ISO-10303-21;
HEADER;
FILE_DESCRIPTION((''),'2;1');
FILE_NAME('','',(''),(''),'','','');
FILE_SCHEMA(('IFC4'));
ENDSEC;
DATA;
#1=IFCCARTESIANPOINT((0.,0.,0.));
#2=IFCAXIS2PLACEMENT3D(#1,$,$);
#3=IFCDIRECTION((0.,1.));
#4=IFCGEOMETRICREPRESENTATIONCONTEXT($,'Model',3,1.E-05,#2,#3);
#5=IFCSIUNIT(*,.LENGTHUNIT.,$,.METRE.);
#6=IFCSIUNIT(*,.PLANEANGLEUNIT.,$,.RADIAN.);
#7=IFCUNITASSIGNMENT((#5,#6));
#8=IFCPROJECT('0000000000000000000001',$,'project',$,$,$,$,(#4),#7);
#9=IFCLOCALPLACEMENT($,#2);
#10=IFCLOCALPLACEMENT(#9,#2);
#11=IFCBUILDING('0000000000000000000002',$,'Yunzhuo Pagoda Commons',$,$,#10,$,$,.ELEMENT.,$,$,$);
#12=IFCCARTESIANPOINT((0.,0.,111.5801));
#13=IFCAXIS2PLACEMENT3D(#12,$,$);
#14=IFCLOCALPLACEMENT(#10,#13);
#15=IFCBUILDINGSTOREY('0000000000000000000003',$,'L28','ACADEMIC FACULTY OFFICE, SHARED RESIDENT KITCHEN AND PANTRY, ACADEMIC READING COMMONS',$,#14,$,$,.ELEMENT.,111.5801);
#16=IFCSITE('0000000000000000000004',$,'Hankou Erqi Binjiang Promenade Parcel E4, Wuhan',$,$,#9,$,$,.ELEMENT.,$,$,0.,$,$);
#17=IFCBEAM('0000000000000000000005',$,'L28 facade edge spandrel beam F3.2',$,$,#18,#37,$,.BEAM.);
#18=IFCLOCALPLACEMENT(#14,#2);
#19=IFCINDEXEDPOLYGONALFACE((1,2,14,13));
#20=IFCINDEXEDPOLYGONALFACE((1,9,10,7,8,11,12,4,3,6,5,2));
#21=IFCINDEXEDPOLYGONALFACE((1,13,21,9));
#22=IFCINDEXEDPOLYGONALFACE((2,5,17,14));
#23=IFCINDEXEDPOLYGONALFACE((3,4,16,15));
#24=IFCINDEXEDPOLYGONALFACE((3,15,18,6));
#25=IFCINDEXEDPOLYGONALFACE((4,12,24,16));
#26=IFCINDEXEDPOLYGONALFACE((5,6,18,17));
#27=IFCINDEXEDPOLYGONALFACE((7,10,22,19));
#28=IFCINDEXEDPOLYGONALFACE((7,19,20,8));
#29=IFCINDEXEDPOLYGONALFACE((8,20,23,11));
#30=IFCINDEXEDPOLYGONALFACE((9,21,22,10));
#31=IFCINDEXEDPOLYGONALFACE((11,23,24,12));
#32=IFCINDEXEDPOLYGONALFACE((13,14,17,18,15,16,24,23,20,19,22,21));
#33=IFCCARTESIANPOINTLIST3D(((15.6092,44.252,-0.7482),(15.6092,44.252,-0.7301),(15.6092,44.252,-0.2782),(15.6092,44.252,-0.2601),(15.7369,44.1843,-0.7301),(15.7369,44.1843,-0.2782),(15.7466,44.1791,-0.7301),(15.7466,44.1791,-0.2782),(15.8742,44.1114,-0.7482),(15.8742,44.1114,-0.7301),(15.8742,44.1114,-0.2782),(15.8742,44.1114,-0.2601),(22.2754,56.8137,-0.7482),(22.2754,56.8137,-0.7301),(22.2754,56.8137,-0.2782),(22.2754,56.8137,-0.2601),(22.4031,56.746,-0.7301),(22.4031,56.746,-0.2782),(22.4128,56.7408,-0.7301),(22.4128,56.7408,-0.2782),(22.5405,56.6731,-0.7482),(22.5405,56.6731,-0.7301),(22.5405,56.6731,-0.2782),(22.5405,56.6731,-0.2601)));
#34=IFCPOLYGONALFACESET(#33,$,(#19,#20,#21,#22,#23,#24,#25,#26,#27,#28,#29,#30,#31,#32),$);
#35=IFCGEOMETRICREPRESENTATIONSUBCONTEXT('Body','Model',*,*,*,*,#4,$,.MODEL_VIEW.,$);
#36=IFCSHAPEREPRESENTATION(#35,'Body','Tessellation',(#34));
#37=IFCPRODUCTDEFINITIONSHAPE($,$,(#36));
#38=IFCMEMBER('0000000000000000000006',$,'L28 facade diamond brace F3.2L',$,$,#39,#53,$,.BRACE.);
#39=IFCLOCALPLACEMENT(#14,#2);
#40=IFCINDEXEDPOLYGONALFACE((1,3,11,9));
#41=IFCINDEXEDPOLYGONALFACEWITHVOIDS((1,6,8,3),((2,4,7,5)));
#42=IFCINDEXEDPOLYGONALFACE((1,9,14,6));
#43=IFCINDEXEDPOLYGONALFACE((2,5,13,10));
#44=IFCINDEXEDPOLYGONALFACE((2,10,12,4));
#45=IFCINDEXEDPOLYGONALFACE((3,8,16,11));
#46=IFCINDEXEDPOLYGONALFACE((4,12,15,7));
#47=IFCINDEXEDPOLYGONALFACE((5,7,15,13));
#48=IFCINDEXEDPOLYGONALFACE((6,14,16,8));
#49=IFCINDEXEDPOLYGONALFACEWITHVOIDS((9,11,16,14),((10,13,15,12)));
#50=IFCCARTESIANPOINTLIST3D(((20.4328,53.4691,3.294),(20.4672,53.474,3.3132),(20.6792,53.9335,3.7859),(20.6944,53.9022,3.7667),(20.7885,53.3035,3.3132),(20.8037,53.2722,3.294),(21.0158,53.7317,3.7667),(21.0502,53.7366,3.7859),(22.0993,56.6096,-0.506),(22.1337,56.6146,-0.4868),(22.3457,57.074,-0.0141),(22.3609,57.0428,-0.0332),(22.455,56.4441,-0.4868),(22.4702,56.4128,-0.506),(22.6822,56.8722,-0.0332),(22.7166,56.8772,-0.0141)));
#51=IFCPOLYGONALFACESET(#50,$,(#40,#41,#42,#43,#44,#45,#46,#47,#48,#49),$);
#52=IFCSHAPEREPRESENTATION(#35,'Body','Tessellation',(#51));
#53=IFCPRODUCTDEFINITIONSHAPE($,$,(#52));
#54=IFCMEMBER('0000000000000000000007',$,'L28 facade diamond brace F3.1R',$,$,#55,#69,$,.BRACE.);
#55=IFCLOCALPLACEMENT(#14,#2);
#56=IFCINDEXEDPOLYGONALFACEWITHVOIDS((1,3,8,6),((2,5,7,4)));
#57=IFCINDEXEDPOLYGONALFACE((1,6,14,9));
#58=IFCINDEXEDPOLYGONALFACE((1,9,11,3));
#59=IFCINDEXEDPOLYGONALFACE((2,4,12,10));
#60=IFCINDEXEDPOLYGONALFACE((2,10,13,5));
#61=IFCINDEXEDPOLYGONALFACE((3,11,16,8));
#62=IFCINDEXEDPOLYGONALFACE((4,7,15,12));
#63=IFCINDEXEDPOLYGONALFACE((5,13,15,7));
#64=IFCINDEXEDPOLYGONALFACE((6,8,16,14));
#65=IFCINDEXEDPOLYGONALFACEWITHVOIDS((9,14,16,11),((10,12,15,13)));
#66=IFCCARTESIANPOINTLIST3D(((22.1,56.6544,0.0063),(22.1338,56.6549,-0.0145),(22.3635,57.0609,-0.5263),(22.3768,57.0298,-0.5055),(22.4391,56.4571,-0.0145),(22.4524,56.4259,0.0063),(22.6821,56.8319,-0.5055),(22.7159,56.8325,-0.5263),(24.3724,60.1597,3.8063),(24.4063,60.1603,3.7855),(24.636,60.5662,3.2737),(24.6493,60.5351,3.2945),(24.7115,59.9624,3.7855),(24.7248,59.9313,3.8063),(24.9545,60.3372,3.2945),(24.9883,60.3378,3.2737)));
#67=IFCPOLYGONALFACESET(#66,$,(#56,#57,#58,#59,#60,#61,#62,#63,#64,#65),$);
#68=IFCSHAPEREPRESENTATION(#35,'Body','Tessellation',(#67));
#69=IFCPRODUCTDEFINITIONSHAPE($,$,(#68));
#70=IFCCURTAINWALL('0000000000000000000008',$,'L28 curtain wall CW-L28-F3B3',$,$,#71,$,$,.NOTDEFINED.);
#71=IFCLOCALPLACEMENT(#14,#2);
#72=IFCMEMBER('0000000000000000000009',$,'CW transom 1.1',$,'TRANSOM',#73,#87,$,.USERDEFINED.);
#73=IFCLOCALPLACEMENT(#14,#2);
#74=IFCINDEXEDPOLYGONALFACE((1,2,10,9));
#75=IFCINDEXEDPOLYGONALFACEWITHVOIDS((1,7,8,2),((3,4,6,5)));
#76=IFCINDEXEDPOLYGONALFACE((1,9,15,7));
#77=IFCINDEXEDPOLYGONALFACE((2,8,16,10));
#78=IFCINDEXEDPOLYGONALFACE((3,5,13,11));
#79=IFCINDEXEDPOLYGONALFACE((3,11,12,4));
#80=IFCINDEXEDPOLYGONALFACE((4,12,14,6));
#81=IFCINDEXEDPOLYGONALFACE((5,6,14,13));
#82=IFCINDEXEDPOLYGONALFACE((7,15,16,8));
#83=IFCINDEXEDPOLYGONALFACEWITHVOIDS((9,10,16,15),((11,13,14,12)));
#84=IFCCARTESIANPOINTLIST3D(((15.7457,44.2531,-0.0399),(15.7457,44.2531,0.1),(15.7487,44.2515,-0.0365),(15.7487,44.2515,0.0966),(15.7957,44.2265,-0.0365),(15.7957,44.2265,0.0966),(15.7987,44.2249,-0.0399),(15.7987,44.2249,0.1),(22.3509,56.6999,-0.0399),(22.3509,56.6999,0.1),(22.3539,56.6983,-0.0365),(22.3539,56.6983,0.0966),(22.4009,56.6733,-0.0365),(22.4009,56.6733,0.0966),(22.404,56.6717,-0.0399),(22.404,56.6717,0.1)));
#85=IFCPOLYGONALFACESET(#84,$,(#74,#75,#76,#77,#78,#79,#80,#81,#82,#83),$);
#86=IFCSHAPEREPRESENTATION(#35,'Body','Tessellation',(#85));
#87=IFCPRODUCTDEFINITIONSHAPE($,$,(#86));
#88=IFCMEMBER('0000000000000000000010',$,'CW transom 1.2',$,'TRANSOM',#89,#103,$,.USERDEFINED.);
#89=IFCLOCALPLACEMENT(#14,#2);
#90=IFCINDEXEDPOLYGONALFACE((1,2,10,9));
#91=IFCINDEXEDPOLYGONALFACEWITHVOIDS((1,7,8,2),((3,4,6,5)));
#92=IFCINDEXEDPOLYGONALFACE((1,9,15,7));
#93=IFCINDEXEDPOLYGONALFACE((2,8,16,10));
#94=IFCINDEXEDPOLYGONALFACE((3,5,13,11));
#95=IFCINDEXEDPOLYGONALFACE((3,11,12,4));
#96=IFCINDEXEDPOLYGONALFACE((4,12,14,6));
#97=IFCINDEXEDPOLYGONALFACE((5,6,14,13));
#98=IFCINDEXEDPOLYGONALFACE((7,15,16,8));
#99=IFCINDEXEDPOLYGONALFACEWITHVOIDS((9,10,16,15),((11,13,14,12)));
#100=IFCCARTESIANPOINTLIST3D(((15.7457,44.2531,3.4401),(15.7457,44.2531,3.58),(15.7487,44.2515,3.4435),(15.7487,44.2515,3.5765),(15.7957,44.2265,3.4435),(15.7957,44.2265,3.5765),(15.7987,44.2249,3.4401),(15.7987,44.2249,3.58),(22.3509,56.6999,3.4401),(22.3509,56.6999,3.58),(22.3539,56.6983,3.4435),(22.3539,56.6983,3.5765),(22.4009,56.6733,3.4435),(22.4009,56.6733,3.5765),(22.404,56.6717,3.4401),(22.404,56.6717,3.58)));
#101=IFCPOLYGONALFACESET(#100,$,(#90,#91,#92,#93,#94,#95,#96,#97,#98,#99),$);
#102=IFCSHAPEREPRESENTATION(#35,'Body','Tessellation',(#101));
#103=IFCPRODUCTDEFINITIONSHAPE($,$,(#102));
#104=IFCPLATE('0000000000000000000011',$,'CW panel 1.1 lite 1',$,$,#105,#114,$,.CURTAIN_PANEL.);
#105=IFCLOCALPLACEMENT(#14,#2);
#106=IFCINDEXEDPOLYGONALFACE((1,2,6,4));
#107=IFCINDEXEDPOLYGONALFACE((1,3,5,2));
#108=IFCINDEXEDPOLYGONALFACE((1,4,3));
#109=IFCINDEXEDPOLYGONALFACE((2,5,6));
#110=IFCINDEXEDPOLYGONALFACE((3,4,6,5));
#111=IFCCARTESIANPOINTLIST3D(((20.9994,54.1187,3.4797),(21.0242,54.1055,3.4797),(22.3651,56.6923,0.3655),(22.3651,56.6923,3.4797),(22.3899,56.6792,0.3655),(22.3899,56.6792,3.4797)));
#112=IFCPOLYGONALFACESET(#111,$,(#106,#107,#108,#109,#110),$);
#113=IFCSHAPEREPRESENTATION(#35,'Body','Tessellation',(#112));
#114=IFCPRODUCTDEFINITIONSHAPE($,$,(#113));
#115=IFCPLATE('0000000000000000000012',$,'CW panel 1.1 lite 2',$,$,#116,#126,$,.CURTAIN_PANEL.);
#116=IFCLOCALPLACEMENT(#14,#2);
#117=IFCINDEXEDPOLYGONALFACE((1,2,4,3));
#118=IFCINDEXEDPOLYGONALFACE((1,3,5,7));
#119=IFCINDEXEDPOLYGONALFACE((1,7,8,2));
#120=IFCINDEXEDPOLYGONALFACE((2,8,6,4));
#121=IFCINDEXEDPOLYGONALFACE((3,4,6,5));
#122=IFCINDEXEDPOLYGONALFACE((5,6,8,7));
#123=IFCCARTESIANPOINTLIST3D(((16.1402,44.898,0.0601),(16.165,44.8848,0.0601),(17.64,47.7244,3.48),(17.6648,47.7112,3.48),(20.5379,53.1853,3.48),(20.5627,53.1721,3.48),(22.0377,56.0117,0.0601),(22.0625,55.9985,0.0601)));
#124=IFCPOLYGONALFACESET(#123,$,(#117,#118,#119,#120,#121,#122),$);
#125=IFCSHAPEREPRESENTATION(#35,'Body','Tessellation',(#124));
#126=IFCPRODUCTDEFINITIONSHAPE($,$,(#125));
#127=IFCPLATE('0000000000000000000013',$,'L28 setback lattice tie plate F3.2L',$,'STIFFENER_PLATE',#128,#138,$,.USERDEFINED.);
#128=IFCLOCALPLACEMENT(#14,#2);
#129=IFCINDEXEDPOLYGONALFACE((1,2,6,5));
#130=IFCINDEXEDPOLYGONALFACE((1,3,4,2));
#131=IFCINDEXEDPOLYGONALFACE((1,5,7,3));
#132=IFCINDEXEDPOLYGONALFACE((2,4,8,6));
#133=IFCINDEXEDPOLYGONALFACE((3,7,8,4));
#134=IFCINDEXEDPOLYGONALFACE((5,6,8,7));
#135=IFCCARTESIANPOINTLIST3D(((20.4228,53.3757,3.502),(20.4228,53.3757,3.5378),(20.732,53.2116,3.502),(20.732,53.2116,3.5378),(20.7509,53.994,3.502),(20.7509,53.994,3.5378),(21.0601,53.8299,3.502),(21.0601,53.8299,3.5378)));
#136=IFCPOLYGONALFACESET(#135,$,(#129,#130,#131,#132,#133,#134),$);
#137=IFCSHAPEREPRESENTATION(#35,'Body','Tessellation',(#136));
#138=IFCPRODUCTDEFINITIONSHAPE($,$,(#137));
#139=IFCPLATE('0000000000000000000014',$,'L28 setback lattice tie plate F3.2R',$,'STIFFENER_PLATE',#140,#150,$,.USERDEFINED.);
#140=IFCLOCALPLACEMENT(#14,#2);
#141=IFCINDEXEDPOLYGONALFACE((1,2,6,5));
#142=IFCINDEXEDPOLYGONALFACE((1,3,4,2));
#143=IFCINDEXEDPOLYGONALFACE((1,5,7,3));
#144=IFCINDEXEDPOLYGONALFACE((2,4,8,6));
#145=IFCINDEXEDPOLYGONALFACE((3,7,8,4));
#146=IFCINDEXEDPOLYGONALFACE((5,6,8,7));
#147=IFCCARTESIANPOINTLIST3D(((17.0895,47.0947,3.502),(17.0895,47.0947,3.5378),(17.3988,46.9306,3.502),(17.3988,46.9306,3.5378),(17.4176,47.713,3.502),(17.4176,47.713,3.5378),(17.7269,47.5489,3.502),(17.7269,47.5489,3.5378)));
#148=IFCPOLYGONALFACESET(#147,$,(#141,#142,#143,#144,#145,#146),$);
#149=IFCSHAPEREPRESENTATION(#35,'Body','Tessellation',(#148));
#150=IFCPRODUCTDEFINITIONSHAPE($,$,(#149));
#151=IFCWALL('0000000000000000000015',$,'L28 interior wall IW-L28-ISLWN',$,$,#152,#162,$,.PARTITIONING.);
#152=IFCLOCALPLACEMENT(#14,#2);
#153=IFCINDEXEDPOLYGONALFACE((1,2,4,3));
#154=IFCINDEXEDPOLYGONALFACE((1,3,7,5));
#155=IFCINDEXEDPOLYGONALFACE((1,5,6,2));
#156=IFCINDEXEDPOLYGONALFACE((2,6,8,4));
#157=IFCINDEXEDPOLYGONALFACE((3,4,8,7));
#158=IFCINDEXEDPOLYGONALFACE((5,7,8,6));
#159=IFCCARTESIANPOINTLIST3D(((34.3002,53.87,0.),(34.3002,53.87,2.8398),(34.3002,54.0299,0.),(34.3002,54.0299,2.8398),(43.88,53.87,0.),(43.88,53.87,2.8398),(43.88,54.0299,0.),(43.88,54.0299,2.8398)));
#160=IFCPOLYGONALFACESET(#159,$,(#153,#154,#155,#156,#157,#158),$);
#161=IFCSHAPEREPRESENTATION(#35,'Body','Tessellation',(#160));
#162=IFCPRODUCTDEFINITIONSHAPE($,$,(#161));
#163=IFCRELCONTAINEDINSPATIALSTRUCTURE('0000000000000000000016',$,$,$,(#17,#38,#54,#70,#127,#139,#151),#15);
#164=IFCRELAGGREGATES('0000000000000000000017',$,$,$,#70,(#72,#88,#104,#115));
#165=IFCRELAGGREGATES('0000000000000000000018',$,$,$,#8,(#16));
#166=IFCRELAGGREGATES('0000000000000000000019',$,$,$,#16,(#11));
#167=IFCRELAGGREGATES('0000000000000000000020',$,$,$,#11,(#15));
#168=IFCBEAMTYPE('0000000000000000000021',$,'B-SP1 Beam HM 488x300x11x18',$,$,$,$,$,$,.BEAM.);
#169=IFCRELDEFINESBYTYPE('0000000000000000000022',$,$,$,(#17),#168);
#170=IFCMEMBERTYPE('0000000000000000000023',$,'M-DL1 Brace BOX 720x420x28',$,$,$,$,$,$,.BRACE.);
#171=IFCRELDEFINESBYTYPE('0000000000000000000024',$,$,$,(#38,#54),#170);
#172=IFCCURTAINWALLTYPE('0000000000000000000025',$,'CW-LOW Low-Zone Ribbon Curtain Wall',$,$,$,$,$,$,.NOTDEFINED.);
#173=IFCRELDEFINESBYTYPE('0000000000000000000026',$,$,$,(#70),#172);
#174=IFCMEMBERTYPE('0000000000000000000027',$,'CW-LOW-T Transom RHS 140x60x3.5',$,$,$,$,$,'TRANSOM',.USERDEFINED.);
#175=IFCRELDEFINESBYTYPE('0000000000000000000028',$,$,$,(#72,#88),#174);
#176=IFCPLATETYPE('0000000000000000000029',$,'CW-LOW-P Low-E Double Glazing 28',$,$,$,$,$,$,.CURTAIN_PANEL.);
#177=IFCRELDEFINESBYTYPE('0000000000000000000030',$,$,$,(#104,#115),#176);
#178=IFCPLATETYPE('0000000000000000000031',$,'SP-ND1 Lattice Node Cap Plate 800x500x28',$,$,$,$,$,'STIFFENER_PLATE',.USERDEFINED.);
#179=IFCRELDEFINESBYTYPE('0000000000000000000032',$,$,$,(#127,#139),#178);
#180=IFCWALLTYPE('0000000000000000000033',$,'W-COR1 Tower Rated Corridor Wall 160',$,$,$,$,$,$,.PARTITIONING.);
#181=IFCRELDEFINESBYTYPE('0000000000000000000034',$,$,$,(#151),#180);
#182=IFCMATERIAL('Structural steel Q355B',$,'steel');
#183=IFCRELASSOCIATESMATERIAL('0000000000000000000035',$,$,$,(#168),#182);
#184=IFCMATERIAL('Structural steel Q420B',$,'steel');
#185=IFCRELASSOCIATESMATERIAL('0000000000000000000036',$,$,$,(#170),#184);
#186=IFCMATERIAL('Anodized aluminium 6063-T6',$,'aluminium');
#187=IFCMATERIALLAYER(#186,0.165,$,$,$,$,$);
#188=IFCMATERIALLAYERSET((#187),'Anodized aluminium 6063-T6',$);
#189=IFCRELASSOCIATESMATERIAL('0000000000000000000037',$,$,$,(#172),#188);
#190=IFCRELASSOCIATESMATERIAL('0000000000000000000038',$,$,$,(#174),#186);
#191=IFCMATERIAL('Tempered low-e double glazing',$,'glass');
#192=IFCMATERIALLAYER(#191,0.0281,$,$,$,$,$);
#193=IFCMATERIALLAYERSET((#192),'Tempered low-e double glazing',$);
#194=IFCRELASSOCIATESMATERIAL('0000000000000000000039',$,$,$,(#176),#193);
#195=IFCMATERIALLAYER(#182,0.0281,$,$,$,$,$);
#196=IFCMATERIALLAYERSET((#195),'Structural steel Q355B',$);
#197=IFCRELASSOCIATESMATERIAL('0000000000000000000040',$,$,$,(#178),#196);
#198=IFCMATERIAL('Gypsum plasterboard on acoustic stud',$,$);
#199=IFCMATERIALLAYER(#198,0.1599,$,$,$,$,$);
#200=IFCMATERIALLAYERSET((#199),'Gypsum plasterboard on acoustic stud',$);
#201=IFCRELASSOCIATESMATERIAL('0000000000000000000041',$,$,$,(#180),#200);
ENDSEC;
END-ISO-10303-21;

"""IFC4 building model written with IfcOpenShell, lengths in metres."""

from ifc_helpers import new_model, si_unit, direction, frame, frame_2d, origin, origin_2d, place, context, subcontext, project, spatial, polyline, rectangle, hollow_rectangle, i_section, outline, extrude, source, transform, mapped, material, layer, layer_set, material_profile, profile_set, type_object, element, aggregate, save


model = new_model("IFC4")

# Units and contexts
model_context = context("Model", 3, precision=1e-05, world=origin(), true_north=direction((0.0, 1.0)))
body_context = subcontext(model_context, "Body", "Model", "MODEL_VIEW")
ifc_project = project(units=[si_unit("LENGTHUNIT", "METRE"), si_unit("PLANEANGLEUNIT", "RADIAN")], contexts=[model_context])

# Site, building, storey
site_placement = place(None, origin())
site = spatial("IfcSite", under=ifc_project, at=site_placement, Name="Hankou Erqi Binjiang Promenade Parcel E4, Wuhan", CompositionType="ELEMENT", RefElevation=0.0)
building_placement = place(site_placement, origin())
building = spatial("IfcBuilding", under=site, at=building_placement, Name="Yunzhuo Pagoda Commons", CompositionType="ELEMENT")
storey_placement = place(building_placement, frame((0.0, 0.0, 111.5801)))
storey = spatial("IfcBuildingStorey", under=building, at=storey_placement, Name="L28", Description="ACADEMIC FACULTY OFFICE, SHARED RESIDENT KITCHEN AND PANTRY, ACADEMIC READING COMMONS", CompositionType="ELEMENT", Elevation=111.5801)

# Shared definitions
ifc_material_1 = material(Name="Structural steel Q420B", Category="steel")

# Beam
ifc_material_2 = material(Name="Structural steel Q355B", Category="steel")
ifc_material_profile_1 = material_profile(ifc_material_2, i_section(OverallWidth=0.3, OverallDepth=0.488, WebThickness=0.011, FlangeThickness=0.0181, at=origin_2d()), Name="Structural steel Q355B")
ifc_profile_set_1 = profile_set([ifc_material_profile_1], Name="Structural steel Q355B")
beam_type_1 = type_object("IfcBeamType", Name="B-SP1 Beam HM 488x300x11x18", PredefinedType="BEAM", material=ifc_profile_set_1)
shared_shape_1 = source(origin(), body_context, "Body", "SweptSolid", [
    extrude(i_section(OverallWidth=0.3, OverallDepth=0.488, WebThickness=0.011, FlangeThickness=0.0181, at=origin_2d()), origin(), (0.0, 0.0, 1.0), 14.2209),
])
beam_1_placement = place(storey_placement, frame((22.408, 56.7434, -0.5042), z_axis=(-0.468761, -0.883325, 0.0), x_axis=(0.883325, -0.468761, 0.0)))
element("IfcBeam", 1, at=beam_1_placement, inside=storey, type_object=beam_type_1, Name="L28 facade edge spandrel beam F3.2", PredefinedType="BEAM", context=body_context, shape_type="MappedRepresentation", body=[
    mapped(shared_shape_1, transform((0.0, 0.0, 0.0), scale=1.0)),
])

# Members
ifc_material_profile_2 = material_profile(ifc_material_1, hollow_rectangle(XDim=0.4199, YDim=0.72, WallThickness=0.0281, at=origin_2d()), Name="Structural steel Q420B")
ifc_profile_set_2 = profile_set([ifc_material_profile_2], Name="Structural steel Q420B")
member_type_1 = type_object("IfcMemberType", Name="M-DL1 Brace BOX 720x420x28", PredefinedType="BRACE", material=ifc_profile_set_2)
shared_shape_2 = source(origin(), body_context, "Body", "SweptSolid", [
    extrude(hollow_rectangle(XDim=0.4199, YDim=0.72, WallThickness=0.0281, at=origin_2d()), origin(), (0.0, 0.0, 1.0), 5.2039),
])
member_1_placement = place(storey_placement, frame((22.408, 56.7434, -0.26), z_axis=(-0.320238, -0.603508, 0.730223), x_axis=(0.883343, -0.468727, 0.0)))
element("IfcMember", 2, at=member_1_placement, inside=storey, type_object=member_type_1, Name="L28 facade diamond brace F3.2L", PredefinedType="BRACE", context=body_context, shape_type="MappedRepresentation", body=[
    mapped(shared_shape_2, transform((0.0, 0.0, 0.0), scale=1.0)),
])
shared_shape_3 = source(origin(), body_context, "Body", "SweptSolid", [
    extrude(hollow_rectangle(XDim=0.4199, YDim=0.72, WallThickness=0.0281, at=origin_2d()), origin(), (0.0, 0.0, 1.0), 5.6472),
])
member_2_placement = place(storey_placement, frame((22.408, 56.7434, -0.26), z_axis=(0.402397, 0.620716, 0.672896), x_axis=(-0.839103, 0.543973, 0.0)))
element("IfcMember", 3, at=member_2_placement, inside=storey, type_object=member_type_1, Name="L28 facade diamond brace F3.1R", PredefinedType="BRACE", context=body_context, shape_type="MappedRepresentation", body=[
    mapped(shared_shape_3, transform((0.0, 0.0, 0.0), scale=1.0)),
])

# Curtain wall, members, plates
ifc_material_3 = material(Name="Anodized aluminium 6063-T6", Category="aluminium")
ifc_layer_1 = layer(ifc_material_3, 0.165)
ifc_layer_set_1 = layer_set([ifc_layer_1], Name="Anodized aluminium 6063-T6")
curtain_wall_type = type_object("IfcCurtainWallType", Name="CW-LOW Low-Zone Ribbon Curtain Wall", PredefinedType="NOTDEFINED", material=ifc_layer_set_1)
curtain_wall_placement = place(storey_placement, origin())
curtain_wall = element("IfcCurtainWall", 4, at=curtain_wall_placement, inside=storey, type_object=curtain_wall_type, Name="L28 curtain wall CW-L28-F3B3", PredefinedType="NOTDEFINED")
ifc_material_profile_3 = material_profile(ifc_material_3, hollow_rectangle(XDim=0.0601, YDim=0.1399, WallThickness=0.0034, at=origin_2d()), Name="Anodized aluminium 6063-T6")
ifc_profile_set_3 = profile_set([ifc_material_profile_3], Name="Anodized aluminium 6063-T6")
member_type_2 = type_object("IfcMemberType", Name="CW-LOW-T Transom RHS 140x60x3.5", ElementType="TRANSOM", PredefinedType="USERDEFINED", material=ifc_profile_set_3)
shared_shape_4 = source(origin(), body_context, "Body", "SweptSolid", [
    extrude(hollow_rectangle(XDim=0.0601, YDim=0.1399, WallThickness=0.0034, at=origin_2d()), origin(), (0.0, 0.0, 1.0), 14.0908),
])
member_3_placement = place(storey_placement, frame((22.3774, 56.6858, 0.03), z_axis=(-0.468761, -0.883325, 0.0), x_axis=(0.883325, -0.468761, 0.0)))
member_3 = element("IfcMember", 5, at=member_3_placement, type_object=member_type_2, Name="CW transom 1.1", ObjectType="TRANSOM", PredefinedType="USERDEFINED", context=body_context, shape_type="MappedRepresentation", body=[
    mapped(shared_shape_4, transform((0.0, 0.0, 0.0), scale=1.0)),
])
member_4_placement = place(storey_placement, frame((22.3774, 56.6858, 3.51), z_axis=(-0.468761, -0.883325, 0.0), x_axis=(0.883325, -0.468761, 0.0)))
member_4 = element("IfcMember", 6, at=member_4_placement, type_object=member_type_2, Name="CW transom 1.2", ObjectType="TRANSOM", PredefinedType="USERDEFINED", context=body_context, shape_type="MappedRepresentation", body=[
    mapped(shared_shape_4, transform((0.0, 0.0, 0.0), scale=1.0)),
])
ifc_material_4 = material(Name="Tempered low-e double glazing", Category="glass")
ifc_layer_2 = layer(ifc_material_4, 0.0281)
ifc_layer_set_2 = layer_set([ifc_layer_2], Name="Tempered low-e double glazing")
plate_type_1 = type_object("IfcPlateType", Name="CW-LOW-P Low-E Double Glazing 28", PredefinedType="CURTAIN_PANEL", material=ifc_layer_set_2)
plate_1_placement = place(storey_placement, frame((21.707, 55.3923, 1.9226), z_axis=(-0.883333, 0.468746, 0.0), x_axis=(-0.468746, -0.883333, 0.0)))
plate_1 = element("IfcPlate", 7, at=plate_1_placement, type_object=plate_type_1, Name="CW panel 1.1 lite 1", PredefinedType="CURTAIN_PANEL", context=body_context, shape_type="SweptSolid", body=[
    extrude(outline(polyline([(-1.4568, -1.5571), (1.4568, 1.5571), (-1.4568, 1.5571), (-1.4568, -1.5571)])), origin(), (0.0, 0.0, 1.0), 0.0281),
])
plate_2_placement = place(storey_placement, frame((19.1138, 50.4417, 1.77), z_axis=(-0.883333, 0.468746, 0.0), x_axis=(-0.468746, -0.883333, 0.0)))
plate_2 = element("IfcPlate", 8, at=plate_2_placement, type_object=plate_type_1, Name="CW panel 1.1 lite 2", PredefinedType="CURTAIN_PANEL", context=body_context, shape_type="SweptSolid", body=[
    extrude(outline(polyline([(-6.2908, -1.71), (6.2908, -1.71), (3.0911, 1.71), (-3.0911, 1.71), (-6.2908, -1.71)])), origin(), (0.0, 0.0, 1.0), 0.0281),
])
aggregate(curtain_wall, [member_3, member_4, plate_1, plate_2])

# Plates
ifc_layer_3 = layer(ifc_material_2, 0.0281)
ifc_layer_set_3 = layer_set([ifc_layer_3], Name="Structural steel Q355B")
plate_type_2 = type_object("IfcPlateType", Name="SP-ND1 Lattice Node Cap Plate 800x500x28", ElementType="STIFFENER_PLATE", PredefinedType="USERDEFINED", material=ifc_layer_set_3)
shared_shape_5 = source(origin(), body_context, "Body", "SweptSolid", [
    extrude(rectangle(XDim=0.7, YDim=0.3501, at=origin_2d()), origin(), (0.0, 0.0, 1.0), 0.0359),
])
for number, where, z_axis, x_axis, name in (
    (9, (20.7415, 53.6028, 3.502), (0.0, 0.0, 1.0), (-0.468747, -0.883332, 0.0), "L28 setback lattice tie plate F3.2L"),
    (10, (17.4082, 47.3218, 3.502), (0.0, 0.0, 1.0), (-0.468747, -0.883332, 0.0), "L28 setback lattice tie plate F3.2R"),
):
    element("IfcPlate", number, at=place(storey_placement, frame(where, z_axis=z_axis, x_axis=x_axis)), inside=storey, type_object=plate_type_2, Name=name, ObjectType="STIFFENER_PLATE", PredefinedType="USERDEFINED", context=body_context, shape_type="MappedRepresentation", body=[
        mapped(shared_shape_5, transform((0.0, 0.0, 0.0), scale=1.0)),
    ])

# Wall
ifc_material_5 = material(Name="Gypsum plasterboard on acoustic stud")
ifc_layer_4 = layer(ifc_material_5, 0.1599)
ifc_layer_set_4 = layer_set([ifc_layer_4], Name="Gypsum plasterboard on acoustic stud")
wall_type_1 = type_object("IfcWallType", Name="W-COR1 Tower Rated Corridor Wall 160", PredefinedType="PARTITIONING", material=ifc_layer_set_4)
wall_1_placement = place(storey_placement, frame((34.3, 53.95, 0.0), z_axis=(0.0, 0.0, 1.0), x_axis=(1.0, 0.0, 0.0)))
element("IfcWall", 11, at=wall_1_placement, inside=storey, type_object=wall_type_1, Name="L28 interior wall IW-L28-ISLWN", PredefinedType="PARTITIONING", context=body_context, shape_type="SweptSolid", body=[
    extrude(rectangle(XDim=9.5798, YDim=0.1599, at=frame_2d((4.79, 0.0))), origin(), (0.0, 0.0, 1.0), 2.8398),
])

save(model, "model.ifc")
